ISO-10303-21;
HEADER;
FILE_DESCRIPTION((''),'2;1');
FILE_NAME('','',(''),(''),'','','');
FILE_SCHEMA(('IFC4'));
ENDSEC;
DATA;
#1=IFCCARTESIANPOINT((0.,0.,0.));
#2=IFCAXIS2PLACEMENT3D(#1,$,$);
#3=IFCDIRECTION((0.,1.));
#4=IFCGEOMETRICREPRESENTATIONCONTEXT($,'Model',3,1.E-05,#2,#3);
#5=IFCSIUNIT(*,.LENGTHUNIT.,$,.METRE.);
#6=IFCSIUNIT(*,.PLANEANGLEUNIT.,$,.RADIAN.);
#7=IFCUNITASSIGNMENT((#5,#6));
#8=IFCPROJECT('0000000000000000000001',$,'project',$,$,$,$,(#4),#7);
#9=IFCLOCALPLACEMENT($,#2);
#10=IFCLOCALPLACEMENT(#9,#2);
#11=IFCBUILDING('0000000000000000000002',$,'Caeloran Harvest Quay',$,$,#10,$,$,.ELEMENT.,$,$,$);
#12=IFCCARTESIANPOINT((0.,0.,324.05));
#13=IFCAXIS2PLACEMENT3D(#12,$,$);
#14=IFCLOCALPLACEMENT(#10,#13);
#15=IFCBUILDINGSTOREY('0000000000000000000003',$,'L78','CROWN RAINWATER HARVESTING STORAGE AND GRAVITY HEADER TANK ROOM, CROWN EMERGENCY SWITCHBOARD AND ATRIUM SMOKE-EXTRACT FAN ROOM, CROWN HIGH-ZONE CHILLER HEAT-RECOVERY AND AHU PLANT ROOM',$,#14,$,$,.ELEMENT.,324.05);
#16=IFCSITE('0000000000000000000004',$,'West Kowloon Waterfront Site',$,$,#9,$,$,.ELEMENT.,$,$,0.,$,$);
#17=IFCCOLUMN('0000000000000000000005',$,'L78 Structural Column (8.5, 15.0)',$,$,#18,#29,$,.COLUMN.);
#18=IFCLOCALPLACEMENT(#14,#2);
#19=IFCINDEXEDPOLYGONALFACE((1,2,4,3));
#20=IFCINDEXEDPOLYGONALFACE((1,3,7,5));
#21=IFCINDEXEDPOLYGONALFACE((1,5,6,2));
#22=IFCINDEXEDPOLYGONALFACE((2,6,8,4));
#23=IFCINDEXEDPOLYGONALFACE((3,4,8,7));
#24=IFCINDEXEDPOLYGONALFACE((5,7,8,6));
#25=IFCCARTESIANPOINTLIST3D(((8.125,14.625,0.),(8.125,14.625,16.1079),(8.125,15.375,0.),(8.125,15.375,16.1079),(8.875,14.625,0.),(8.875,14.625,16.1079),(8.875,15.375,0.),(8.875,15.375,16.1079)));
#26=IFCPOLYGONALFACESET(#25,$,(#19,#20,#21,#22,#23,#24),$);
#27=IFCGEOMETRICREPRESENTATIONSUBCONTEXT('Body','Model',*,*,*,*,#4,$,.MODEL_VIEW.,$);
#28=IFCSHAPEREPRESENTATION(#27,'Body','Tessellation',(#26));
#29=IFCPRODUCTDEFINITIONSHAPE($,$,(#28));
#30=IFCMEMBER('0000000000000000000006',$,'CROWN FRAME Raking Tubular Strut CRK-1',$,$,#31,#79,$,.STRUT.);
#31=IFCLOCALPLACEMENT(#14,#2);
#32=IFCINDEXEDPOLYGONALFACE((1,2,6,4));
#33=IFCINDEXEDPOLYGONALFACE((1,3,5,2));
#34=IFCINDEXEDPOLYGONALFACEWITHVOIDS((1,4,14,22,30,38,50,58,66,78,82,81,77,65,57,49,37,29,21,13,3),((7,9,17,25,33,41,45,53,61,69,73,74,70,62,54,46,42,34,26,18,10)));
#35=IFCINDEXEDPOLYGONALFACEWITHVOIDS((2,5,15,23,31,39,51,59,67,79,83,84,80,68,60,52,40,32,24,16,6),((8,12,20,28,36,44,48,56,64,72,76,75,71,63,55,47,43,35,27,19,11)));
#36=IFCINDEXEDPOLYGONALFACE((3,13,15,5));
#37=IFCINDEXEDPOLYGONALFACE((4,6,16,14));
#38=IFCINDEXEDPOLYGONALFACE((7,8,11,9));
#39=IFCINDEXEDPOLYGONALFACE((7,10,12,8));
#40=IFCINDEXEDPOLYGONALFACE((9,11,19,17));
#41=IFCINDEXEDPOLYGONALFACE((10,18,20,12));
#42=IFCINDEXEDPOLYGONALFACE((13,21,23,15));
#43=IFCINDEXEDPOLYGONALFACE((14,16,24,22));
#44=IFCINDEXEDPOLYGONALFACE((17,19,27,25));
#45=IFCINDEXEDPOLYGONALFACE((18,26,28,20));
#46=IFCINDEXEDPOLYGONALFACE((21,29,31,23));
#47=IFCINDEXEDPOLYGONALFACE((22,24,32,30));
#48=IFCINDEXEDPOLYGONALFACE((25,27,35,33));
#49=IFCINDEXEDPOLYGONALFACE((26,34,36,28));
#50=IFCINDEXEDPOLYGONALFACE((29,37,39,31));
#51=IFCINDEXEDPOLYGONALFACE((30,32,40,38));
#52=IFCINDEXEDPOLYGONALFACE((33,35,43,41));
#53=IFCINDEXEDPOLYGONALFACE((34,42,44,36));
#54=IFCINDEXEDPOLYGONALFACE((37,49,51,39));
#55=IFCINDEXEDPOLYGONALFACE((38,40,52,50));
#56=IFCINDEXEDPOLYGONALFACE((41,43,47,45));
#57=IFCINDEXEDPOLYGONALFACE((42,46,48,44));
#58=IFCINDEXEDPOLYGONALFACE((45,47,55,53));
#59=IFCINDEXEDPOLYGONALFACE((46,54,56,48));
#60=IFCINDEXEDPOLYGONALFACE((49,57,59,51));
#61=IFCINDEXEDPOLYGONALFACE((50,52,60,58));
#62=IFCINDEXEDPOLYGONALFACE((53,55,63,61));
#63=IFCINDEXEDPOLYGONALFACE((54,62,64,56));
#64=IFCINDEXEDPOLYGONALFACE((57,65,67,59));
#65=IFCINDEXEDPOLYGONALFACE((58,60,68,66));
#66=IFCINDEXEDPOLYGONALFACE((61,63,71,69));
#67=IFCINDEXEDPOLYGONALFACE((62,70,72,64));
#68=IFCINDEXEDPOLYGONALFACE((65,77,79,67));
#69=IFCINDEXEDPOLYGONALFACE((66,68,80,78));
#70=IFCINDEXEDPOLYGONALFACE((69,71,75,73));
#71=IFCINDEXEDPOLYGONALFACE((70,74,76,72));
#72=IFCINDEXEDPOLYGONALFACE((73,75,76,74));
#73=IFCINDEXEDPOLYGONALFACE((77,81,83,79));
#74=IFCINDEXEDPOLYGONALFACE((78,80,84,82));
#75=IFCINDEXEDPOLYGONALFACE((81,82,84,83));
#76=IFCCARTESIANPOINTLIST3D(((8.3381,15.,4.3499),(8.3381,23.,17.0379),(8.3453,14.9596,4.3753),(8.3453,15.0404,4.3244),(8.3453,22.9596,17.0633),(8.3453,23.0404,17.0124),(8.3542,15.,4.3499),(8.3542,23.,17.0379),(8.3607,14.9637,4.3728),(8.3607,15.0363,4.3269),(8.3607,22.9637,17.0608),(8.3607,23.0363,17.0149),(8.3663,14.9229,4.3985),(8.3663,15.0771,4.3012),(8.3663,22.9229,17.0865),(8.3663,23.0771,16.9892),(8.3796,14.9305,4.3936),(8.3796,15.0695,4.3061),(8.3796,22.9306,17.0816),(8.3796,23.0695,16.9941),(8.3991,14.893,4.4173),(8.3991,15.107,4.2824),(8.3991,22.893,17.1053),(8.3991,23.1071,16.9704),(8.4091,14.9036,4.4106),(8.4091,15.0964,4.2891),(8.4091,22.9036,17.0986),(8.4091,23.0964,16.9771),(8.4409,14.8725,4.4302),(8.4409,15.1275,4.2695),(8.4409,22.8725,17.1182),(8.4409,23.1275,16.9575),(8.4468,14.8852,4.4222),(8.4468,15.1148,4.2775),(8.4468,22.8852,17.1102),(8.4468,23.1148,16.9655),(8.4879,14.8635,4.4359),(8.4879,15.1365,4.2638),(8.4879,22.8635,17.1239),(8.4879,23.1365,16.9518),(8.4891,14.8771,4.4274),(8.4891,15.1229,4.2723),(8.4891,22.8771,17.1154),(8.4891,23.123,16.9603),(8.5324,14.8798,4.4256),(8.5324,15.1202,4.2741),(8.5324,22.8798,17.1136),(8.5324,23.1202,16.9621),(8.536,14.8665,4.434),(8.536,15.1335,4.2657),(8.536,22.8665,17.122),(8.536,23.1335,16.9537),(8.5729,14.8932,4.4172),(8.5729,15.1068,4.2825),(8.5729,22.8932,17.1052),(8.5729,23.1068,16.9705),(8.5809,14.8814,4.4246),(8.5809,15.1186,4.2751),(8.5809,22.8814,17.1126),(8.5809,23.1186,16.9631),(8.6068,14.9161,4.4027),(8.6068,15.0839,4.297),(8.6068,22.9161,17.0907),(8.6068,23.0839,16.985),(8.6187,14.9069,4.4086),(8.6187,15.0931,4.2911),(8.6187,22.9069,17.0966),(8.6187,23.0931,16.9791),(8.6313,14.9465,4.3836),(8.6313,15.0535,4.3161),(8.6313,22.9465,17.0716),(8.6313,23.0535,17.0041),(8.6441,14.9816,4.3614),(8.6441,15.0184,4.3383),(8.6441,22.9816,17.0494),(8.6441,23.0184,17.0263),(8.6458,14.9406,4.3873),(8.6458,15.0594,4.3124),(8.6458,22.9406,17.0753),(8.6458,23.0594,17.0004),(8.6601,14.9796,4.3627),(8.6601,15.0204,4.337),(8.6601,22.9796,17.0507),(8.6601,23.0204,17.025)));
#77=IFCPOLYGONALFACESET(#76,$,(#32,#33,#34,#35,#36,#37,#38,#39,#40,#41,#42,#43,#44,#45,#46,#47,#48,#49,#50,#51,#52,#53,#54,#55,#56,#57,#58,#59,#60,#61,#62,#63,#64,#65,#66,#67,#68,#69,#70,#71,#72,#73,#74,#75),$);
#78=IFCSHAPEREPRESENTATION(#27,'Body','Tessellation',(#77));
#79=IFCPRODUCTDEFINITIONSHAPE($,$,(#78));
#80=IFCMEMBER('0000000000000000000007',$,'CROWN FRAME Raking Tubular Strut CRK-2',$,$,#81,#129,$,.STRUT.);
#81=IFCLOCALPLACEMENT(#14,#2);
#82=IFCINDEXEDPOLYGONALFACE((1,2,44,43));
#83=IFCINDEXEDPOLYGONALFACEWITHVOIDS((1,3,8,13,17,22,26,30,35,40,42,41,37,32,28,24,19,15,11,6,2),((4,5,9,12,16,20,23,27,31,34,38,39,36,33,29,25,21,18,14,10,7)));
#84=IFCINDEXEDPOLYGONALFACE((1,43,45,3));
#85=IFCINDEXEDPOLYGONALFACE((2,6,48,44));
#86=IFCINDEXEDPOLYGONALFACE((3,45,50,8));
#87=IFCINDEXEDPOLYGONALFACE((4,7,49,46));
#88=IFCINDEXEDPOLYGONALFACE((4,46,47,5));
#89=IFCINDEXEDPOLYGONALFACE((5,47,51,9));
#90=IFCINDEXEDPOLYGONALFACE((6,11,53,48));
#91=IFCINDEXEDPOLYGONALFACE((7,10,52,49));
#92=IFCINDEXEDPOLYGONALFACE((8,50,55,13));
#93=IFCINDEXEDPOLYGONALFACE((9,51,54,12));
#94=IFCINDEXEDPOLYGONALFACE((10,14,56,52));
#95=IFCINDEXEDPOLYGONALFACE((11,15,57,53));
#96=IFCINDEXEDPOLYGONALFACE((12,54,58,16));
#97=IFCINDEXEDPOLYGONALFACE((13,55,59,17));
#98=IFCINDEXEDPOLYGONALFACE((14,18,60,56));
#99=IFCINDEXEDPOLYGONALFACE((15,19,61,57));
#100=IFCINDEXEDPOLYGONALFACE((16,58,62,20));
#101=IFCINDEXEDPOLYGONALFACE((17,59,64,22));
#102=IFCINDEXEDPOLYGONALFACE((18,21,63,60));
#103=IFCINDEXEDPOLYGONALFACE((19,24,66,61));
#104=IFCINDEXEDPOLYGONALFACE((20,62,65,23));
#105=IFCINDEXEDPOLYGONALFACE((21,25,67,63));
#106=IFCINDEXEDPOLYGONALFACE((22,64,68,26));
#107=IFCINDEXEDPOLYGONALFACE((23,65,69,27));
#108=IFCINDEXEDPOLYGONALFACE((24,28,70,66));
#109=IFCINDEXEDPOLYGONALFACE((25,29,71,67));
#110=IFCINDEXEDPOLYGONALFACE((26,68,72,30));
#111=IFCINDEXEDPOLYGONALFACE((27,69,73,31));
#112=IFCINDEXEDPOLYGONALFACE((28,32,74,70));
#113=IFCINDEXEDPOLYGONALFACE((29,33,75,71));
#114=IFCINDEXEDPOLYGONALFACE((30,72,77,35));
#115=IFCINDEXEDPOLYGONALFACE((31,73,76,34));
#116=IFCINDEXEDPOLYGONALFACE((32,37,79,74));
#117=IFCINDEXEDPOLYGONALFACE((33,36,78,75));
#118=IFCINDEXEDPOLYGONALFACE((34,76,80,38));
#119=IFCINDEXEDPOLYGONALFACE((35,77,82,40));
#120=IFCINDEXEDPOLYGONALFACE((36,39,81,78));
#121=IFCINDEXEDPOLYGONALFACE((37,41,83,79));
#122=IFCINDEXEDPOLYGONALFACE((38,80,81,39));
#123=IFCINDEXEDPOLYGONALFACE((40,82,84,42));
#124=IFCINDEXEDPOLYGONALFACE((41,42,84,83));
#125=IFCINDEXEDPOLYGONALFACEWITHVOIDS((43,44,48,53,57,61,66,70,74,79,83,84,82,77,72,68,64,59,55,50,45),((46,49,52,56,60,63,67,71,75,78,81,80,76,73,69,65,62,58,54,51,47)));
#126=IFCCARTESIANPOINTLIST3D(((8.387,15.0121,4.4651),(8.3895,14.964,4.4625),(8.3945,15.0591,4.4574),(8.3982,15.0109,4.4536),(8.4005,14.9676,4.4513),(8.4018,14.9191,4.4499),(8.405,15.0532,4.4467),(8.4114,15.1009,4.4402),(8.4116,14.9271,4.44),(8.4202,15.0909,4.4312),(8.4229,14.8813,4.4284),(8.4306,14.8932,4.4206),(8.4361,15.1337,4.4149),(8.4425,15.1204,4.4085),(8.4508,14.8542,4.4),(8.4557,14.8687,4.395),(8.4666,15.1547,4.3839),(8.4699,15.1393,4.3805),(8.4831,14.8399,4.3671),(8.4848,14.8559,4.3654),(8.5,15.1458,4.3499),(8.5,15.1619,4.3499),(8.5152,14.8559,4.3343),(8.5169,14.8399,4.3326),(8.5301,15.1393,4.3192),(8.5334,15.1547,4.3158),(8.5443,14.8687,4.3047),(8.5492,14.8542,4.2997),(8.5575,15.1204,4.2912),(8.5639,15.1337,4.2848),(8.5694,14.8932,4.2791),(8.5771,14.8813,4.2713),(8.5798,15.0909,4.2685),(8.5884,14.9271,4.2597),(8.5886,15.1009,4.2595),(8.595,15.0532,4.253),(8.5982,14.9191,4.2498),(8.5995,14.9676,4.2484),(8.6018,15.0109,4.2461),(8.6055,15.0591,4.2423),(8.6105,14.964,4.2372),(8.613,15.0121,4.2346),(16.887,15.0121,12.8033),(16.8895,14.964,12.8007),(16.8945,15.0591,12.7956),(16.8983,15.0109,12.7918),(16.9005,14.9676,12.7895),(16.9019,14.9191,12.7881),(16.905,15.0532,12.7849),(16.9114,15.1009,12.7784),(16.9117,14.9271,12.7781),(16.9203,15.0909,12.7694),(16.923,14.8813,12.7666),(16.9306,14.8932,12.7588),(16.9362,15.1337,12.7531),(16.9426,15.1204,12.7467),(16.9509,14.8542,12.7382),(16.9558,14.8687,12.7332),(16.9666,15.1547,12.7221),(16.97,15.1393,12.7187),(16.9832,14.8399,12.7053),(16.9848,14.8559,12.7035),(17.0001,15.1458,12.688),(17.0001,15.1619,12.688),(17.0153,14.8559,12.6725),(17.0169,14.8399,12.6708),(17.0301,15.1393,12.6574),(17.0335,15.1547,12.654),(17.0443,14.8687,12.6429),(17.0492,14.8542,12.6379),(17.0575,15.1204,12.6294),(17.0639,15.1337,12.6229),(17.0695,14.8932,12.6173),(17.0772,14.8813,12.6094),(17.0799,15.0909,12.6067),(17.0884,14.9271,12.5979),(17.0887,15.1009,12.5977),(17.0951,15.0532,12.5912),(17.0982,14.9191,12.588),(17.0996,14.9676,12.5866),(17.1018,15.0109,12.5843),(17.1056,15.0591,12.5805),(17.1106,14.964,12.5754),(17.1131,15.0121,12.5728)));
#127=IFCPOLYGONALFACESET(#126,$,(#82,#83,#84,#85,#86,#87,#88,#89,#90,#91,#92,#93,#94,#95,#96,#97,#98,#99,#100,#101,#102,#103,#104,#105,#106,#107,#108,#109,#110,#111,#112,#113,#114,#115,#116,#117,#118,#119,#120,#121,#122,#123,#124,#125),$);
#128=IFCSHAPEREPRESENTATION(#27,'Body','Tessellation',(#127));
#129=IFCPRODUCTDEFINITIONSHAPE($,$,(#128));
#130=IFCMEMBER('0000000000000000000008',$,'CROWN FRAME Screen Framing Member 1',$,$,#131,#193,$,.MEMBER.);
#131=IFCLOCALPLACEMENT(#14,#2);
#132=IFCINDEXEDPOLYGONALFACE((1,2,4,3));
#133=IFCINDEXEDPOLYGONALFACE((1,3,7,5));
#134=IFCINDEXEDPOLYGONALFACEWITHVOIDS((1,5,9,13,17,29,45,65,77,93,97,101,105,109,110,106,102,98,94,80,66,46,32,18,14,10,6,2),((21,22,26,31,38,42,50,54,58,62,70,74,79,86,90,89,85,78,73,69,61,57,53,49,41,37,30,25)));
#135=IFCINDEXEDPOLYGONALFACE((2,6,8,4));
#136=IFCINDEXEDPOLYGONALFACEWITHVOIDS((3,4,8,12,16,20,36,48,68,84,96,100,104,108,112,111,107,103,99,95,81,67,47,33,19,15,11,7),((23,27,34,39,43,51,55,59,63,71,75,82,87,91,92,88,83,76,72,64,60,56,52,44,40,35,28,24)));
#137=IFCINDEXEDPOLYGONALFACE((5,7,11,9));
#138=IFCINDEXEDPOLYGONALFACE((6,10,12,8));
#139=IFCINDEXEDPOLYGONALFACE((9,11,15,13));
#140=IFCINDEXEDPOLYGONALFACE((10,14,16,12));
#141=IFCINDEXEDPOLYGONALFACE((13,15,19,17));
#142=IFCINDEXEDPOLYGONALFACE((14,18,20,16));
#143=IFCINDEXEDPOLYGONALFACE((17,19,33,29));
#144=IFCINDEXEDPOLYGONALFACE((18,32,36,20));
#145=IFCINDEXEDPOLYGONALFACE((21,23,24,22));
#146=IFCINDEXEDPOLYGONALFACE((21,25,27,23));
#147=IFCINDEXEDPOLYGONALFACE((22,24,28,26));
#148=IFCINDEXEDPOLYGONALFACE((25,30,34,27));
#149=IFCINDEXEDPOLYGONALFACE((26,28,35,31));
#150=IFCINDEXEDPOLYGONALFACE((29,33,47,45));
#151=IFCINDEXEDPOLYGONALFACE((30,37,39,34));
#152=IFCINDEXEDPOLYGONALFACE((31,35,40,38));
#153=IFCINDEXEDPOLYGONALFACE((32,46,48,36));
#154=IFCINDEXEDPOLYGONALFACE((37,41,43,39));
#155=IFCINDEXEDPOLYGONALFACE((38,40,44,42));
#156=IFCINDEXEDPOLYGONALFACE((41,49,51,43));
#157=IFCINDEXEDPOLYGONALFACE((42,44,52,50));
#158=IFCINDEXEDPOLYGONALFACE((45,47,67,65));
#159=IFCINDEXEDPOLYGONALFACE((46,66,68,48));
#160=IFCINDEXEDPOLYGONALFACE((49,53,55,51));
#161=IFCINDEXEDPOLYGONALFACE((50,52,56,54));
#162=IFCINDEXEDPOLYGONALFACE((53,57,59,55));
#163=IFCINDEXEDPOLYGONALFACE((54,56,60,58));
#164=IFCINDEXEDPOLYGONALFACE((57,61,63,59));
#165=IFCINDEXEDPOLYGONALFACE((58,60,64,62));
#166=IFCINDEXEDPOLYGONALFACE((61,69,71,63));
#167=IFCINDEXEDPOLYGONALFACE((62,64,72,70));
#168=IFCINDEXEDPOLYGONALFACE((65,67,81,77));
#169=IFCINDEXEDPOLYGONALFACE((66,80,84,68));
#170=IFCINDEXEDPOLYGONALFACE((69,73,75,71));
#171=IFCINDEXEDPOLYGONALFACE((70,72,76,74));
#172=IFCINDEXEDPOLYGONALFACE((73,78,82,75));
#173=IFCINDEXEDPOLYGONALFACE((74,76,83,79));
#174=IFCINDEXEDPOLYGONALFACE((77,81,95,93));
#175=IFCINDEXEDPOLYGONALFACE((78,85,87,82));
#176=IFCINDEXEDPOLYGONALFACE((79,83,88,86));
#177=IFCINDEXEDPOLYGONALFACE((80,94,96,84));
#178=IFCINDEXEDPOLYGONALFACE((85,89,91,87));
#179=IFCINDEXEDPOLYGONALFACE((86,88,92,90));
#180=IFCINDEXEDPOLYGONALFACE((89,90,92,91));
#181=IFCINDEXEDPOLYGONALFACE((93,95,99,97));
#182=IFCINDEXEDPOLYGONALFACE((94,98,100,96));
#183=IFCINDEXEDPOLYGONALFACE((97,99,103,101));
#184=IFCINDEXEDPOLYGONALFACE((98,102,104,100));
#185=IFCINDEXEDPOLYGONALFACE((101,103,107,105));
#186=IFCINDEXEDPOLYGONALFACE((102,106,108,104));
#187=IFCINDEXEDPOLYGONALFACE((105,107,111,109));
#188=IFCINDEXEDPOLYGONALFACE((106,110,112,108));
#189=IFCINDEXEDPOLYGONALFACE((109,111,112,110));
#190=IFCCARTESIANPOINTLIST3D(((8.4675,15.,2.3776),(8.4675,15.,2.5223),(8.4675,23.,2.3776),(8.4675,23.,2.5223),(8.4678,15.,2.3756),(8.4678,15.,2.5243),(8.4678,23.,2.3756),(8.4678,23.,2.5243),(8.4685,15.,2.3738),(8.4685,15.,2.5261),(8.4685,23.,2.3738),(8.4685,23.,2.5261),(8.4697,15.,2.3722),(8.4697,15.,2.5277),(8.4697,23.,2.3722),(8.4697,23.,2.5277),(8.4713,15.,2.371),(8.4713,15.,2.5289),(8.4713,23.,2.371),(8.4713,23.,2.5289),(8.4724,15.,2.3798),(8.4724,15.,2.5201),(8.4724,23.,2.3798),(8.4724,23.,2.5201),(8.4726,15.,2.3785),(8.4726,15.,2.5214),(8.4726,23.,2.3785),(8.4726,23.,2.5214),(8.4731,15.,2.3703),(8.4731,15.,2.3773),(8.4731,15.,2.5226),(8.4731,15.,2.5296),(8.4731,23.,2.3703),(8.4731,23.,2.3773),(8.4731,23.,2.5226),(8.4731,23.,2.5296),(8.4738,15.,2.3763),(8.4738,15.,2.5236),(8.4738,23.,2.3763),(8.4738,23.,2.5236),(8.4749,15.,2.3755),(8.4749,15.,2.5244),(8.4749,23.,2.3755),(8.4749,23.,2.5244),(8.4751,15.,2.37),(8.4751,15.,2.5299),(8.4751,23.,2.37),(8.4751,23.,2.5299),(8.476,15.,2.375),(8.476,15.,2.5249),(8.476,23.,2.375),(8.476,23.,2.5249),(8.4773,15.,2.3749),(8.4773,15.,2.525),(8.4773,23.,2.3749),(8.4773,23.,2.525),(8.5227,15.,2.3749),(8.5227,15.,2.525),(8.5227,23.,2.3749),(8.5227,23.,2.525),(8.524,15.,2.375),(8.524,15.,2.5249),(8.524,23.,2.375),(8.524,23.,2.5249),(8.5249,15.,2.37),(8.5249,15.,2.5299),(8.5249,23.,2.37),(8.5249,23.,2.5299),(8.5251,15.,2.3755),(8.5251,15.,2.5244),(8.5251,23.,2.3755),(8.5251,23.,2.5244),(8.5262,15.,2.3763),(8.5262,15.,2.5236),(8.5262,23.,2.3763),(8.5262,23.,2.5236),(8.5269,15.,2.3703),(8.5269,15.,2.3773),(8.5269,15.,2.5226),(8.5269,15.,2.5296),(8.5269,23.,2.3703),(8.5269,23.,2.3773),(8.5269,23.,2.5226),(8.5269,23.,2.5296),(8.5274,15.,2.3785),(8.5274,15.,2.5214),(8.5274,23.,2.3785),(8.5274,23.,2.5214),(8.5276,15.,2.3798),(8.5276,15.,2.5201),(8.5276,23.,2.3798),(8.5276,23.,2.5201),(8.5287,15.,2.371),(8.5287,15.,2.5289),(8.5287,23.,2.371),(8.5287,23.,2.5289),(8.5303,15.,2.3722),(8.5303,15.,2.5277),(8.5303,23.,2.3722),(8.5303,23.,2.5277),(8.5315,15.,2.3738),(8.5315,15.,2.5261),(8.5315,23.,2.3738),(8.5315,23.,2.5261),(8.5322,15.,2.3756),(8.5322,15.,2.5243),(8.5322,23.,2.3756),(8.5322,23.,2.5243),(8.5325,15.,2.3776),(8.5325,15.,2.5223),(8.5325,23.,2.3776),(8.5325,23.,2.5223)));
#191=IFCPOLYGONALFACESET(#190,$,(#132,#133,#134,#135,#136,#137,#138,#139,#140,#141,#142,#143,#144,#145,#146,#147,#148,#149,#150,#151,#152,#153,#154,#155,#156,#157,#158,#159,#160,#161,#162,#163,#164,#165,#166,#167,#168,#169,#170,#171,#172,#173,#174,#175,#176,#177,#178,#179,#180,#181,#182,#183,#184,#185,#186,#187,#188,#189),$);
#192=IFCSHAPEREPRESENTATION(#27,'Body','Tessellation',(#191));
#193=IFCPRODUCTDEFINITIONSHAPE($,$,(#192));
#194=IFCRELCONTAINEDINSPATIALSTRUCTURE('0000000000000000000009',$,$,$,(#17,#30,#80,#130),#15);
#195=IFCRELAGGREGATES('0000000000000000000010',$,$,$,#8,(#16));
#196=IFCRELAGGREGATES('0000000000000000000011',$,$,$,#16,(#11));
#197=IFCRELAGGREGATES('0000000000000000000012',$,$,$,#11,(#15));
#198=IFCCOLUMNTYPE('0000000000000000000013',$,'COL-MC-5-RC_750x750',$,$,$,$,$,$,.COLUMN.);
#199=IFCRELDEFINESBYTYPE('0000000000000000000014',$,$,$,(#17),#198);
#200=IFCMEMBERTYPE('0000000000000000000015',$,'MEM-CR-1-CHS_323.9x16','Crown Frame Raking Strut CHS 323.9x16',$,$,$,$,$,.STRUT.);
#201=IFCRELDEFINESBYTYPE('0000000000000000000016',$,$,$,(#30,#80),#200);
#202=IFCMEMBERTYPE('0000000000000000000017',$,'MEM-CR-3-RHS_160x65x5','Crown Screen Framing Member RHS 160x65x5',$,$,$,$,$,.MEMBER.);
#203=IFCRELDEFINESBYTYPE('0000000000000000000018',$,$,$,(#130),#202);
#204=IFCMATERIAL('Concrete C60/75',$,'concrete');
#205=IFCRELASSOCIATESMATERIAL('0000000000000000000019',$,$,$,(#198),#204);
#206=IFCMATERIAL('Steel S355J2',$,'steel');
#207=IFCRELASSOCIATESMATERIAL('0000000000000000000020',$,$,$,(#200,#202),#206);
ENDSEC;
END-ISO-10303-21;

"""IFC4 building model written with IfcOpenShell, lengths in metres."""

from ifc_helpers import new_model, si_unit, direction, frame, origin, origin_2d, place, context, subcontext, project, spatial, rectangle, hollow_rectangle, hollow_circle, extrude, material, material_profile, profile_set, type_object, element, save


model = new_model("IFC4")

# Units and contexts
model_context = context("Model", 3, precision=1e-05, world=origin(), true_north=direction((0.0, 1.0)))
body_context = subcontext(model_context, "Body", "Model", "MODEL_VIEW")
ifc_project = project(units=[si_unit("LENGTHUNIT", "METRE"), si_unit("PLANEANGLEUNIT", "RADIAN")], contexts=[model_context])

# Site, building, storey
site_placement = place(None, origin())
site = spatial("IfcSite", under=ifc_project, at=site_placement, Name="West Kowloon Waterfront Site", CompositionType="ELEMENT", RefElevation=0.0)
building_placement = place(site_placement, origin())
building = spatial("IfcBuilding", under=site, at=building_placement, Name="Caeloran Harvest Quay", CompositionType="ELEMENT")
storey_placement = place(building_placement, frame((0.0, 0.0, 324.05)))
storey = spatial("IfcBuildingStorey", under=building, at=storey_placement, Name="L78", Description="CROWN RAINWATER HARVESTING STORAGE AND GRAVITY HEADER TANK ROOM, CROWN EMERGENCY SWITCHBOARD AND ATRIUM SMOKE-EXTRACT FAN ROOM, CROWN HIGH-ZONE CHILLER HEAT-RECOVERY AND AHU PLANT ROOM", CompositionType="ELEMENT", Elevation=324.05)

# Column
ifc_material_1 = material(Name="Concrete C60/75", Category="concrete")
ifc_material_profile_1 = material_profile(ifc_material_1, rectangle(XDim=0.75, YDim=0.75, at=origin_2d()), Name="RC 750x750")
ifc_profile_set_1 = profile_set([ifc_material_profile_1], Name="Concrete C60/75")
column_type = type_object("IfcColumnType", Name="COL-MC-5-RC_750x750", PredefinedType="COLUMN", material=ifc_profile_set_1)
column_placement = place(storey_placement, frame((8.5, 15.0, 0.0), z_axis=(0.0, 0.0, 1.0), x_axis=(1.0, 0.0, 0.0)))
element("IfcColumn", 1, at=column_placement, inside=storey, type_object=column_type, Name="L78 Structural Column (8.5, 15.0)", PredefinedType="COLUMN", context=body_context, shape_type="SweptSolid", body=[
    extrude(rectangle(XDim=0.75, YDim=0.75, at=origin_2d()), origin(), (0.0, 0.0, 1.0), 16.1079),
])

# Members
ifc_material_2 = material(Name="Steel S355J2", Category="steel")
ifc_material_profile_2 = material_profile(ifc_material_2, hollow_circle(Radius=0.1619, WallThickness=0.0161, at=origin_2d()), Name="CHS 323.9x16")
ifc_profile_set_2 = profile_set([ifc_material_profile_2], Name="Steel S355J2")
member_type_1 = type_object("IfcMemberType", Name="MEM-CR-1-CHS_323.9x16", Description="Crown Frame Raking Strut CHS 323.9x16", PredefinedType="STRUT", material=ifc_profile_set_2)
member_1_placement = place(storey_placement, frame((8.5, 15.0, 4.3499), z_axis=(0.0, 0.533351, 0.845894), x_axis=(-1.0, 0.0, 0.0)))
element("IfcMember", 2, at=member_1_placement, inside=storey, type_object=member_type_1, Name="CROWN FRAME Raking Tubular Strut CRK-1", PredefinedType="STRUT", context=body_context, shape_type="SweptSolid", body=[
    extrude(hollow_circle(Radius=0.1619, WallThickness=0.0161, at=origin_2d()), origin(), (0.0, 0.0, 1.0), 14.9995),
])
member_2_placement = place(storey_placement, frame((8.5, 15.0, 4.3499), z_axis=(0.713871, 0.0, 0.700277), x_axis=(0.0, 1.0, 0.0)))
element("IfcMember", 3, at=member_2_placement, inside=storey, type_object=member_type_1, Name="CROWN FRAME Raking Tubular Strut CRK-2", PredefinedType="STRUT", context=body_context, shape_type="SweptSolid", body=[
    extrude(hollow_circle(Radius=0.1619, WallThickness=0.0161, at=origin_2d()), origin(), (0.0, 0.0, 1.0), 11.907),
])
ifc_material_profile_3 = material_profile(ifc_material_2, hollow_rectangle(XDim=0.0649, YDim=0.1599, WallThickness=0.0049, InnerFilletRadius=0.0049, OuterFilletRadius=0.0076, at=origin_2d()), Name="RHS 160x65x5")
ifc_profile_set_3 = profile_set([ifc_material_profile_3], Name="Steel S355J2")
member_type_2 = type_object("IfcMemberType", Name="MEM-CR-3-RHS_160x65x5", Description="Crown Screen Framing Member RHS 160x65x5", PredefinedType="MEMBER", material=ifc_profile_set_3)
for number, where, z_axis, x_axis, name in (
    (4, (8.5, 15.0, 2.45), (0.0, 1.0, 0.0), (-1.0, 0.0, 0.0), "CROWN FRAME Screen Framing Member 1"),
):
    element("IfcMember", number, at=place(storey_placement, frame(where, z_axis=z_axis, x_axis=x_axis)), inside=storey, type_object=member_type_2, Name=name, PredefinedType="MEMBER", context=body_context, shape_type="SweptSolid", body=[
        extrude(hollow_rectangle(XDim=0.0649, YDim=0.1599, WallThickness=0.0049, InnerFilletRadius=0.0049, OuterFilletRadius=0.0076, at=origin_2d()), origin(), (0.0, 0.0, 1.0), 8.0),
    ])

save(model, "model.ifc")
